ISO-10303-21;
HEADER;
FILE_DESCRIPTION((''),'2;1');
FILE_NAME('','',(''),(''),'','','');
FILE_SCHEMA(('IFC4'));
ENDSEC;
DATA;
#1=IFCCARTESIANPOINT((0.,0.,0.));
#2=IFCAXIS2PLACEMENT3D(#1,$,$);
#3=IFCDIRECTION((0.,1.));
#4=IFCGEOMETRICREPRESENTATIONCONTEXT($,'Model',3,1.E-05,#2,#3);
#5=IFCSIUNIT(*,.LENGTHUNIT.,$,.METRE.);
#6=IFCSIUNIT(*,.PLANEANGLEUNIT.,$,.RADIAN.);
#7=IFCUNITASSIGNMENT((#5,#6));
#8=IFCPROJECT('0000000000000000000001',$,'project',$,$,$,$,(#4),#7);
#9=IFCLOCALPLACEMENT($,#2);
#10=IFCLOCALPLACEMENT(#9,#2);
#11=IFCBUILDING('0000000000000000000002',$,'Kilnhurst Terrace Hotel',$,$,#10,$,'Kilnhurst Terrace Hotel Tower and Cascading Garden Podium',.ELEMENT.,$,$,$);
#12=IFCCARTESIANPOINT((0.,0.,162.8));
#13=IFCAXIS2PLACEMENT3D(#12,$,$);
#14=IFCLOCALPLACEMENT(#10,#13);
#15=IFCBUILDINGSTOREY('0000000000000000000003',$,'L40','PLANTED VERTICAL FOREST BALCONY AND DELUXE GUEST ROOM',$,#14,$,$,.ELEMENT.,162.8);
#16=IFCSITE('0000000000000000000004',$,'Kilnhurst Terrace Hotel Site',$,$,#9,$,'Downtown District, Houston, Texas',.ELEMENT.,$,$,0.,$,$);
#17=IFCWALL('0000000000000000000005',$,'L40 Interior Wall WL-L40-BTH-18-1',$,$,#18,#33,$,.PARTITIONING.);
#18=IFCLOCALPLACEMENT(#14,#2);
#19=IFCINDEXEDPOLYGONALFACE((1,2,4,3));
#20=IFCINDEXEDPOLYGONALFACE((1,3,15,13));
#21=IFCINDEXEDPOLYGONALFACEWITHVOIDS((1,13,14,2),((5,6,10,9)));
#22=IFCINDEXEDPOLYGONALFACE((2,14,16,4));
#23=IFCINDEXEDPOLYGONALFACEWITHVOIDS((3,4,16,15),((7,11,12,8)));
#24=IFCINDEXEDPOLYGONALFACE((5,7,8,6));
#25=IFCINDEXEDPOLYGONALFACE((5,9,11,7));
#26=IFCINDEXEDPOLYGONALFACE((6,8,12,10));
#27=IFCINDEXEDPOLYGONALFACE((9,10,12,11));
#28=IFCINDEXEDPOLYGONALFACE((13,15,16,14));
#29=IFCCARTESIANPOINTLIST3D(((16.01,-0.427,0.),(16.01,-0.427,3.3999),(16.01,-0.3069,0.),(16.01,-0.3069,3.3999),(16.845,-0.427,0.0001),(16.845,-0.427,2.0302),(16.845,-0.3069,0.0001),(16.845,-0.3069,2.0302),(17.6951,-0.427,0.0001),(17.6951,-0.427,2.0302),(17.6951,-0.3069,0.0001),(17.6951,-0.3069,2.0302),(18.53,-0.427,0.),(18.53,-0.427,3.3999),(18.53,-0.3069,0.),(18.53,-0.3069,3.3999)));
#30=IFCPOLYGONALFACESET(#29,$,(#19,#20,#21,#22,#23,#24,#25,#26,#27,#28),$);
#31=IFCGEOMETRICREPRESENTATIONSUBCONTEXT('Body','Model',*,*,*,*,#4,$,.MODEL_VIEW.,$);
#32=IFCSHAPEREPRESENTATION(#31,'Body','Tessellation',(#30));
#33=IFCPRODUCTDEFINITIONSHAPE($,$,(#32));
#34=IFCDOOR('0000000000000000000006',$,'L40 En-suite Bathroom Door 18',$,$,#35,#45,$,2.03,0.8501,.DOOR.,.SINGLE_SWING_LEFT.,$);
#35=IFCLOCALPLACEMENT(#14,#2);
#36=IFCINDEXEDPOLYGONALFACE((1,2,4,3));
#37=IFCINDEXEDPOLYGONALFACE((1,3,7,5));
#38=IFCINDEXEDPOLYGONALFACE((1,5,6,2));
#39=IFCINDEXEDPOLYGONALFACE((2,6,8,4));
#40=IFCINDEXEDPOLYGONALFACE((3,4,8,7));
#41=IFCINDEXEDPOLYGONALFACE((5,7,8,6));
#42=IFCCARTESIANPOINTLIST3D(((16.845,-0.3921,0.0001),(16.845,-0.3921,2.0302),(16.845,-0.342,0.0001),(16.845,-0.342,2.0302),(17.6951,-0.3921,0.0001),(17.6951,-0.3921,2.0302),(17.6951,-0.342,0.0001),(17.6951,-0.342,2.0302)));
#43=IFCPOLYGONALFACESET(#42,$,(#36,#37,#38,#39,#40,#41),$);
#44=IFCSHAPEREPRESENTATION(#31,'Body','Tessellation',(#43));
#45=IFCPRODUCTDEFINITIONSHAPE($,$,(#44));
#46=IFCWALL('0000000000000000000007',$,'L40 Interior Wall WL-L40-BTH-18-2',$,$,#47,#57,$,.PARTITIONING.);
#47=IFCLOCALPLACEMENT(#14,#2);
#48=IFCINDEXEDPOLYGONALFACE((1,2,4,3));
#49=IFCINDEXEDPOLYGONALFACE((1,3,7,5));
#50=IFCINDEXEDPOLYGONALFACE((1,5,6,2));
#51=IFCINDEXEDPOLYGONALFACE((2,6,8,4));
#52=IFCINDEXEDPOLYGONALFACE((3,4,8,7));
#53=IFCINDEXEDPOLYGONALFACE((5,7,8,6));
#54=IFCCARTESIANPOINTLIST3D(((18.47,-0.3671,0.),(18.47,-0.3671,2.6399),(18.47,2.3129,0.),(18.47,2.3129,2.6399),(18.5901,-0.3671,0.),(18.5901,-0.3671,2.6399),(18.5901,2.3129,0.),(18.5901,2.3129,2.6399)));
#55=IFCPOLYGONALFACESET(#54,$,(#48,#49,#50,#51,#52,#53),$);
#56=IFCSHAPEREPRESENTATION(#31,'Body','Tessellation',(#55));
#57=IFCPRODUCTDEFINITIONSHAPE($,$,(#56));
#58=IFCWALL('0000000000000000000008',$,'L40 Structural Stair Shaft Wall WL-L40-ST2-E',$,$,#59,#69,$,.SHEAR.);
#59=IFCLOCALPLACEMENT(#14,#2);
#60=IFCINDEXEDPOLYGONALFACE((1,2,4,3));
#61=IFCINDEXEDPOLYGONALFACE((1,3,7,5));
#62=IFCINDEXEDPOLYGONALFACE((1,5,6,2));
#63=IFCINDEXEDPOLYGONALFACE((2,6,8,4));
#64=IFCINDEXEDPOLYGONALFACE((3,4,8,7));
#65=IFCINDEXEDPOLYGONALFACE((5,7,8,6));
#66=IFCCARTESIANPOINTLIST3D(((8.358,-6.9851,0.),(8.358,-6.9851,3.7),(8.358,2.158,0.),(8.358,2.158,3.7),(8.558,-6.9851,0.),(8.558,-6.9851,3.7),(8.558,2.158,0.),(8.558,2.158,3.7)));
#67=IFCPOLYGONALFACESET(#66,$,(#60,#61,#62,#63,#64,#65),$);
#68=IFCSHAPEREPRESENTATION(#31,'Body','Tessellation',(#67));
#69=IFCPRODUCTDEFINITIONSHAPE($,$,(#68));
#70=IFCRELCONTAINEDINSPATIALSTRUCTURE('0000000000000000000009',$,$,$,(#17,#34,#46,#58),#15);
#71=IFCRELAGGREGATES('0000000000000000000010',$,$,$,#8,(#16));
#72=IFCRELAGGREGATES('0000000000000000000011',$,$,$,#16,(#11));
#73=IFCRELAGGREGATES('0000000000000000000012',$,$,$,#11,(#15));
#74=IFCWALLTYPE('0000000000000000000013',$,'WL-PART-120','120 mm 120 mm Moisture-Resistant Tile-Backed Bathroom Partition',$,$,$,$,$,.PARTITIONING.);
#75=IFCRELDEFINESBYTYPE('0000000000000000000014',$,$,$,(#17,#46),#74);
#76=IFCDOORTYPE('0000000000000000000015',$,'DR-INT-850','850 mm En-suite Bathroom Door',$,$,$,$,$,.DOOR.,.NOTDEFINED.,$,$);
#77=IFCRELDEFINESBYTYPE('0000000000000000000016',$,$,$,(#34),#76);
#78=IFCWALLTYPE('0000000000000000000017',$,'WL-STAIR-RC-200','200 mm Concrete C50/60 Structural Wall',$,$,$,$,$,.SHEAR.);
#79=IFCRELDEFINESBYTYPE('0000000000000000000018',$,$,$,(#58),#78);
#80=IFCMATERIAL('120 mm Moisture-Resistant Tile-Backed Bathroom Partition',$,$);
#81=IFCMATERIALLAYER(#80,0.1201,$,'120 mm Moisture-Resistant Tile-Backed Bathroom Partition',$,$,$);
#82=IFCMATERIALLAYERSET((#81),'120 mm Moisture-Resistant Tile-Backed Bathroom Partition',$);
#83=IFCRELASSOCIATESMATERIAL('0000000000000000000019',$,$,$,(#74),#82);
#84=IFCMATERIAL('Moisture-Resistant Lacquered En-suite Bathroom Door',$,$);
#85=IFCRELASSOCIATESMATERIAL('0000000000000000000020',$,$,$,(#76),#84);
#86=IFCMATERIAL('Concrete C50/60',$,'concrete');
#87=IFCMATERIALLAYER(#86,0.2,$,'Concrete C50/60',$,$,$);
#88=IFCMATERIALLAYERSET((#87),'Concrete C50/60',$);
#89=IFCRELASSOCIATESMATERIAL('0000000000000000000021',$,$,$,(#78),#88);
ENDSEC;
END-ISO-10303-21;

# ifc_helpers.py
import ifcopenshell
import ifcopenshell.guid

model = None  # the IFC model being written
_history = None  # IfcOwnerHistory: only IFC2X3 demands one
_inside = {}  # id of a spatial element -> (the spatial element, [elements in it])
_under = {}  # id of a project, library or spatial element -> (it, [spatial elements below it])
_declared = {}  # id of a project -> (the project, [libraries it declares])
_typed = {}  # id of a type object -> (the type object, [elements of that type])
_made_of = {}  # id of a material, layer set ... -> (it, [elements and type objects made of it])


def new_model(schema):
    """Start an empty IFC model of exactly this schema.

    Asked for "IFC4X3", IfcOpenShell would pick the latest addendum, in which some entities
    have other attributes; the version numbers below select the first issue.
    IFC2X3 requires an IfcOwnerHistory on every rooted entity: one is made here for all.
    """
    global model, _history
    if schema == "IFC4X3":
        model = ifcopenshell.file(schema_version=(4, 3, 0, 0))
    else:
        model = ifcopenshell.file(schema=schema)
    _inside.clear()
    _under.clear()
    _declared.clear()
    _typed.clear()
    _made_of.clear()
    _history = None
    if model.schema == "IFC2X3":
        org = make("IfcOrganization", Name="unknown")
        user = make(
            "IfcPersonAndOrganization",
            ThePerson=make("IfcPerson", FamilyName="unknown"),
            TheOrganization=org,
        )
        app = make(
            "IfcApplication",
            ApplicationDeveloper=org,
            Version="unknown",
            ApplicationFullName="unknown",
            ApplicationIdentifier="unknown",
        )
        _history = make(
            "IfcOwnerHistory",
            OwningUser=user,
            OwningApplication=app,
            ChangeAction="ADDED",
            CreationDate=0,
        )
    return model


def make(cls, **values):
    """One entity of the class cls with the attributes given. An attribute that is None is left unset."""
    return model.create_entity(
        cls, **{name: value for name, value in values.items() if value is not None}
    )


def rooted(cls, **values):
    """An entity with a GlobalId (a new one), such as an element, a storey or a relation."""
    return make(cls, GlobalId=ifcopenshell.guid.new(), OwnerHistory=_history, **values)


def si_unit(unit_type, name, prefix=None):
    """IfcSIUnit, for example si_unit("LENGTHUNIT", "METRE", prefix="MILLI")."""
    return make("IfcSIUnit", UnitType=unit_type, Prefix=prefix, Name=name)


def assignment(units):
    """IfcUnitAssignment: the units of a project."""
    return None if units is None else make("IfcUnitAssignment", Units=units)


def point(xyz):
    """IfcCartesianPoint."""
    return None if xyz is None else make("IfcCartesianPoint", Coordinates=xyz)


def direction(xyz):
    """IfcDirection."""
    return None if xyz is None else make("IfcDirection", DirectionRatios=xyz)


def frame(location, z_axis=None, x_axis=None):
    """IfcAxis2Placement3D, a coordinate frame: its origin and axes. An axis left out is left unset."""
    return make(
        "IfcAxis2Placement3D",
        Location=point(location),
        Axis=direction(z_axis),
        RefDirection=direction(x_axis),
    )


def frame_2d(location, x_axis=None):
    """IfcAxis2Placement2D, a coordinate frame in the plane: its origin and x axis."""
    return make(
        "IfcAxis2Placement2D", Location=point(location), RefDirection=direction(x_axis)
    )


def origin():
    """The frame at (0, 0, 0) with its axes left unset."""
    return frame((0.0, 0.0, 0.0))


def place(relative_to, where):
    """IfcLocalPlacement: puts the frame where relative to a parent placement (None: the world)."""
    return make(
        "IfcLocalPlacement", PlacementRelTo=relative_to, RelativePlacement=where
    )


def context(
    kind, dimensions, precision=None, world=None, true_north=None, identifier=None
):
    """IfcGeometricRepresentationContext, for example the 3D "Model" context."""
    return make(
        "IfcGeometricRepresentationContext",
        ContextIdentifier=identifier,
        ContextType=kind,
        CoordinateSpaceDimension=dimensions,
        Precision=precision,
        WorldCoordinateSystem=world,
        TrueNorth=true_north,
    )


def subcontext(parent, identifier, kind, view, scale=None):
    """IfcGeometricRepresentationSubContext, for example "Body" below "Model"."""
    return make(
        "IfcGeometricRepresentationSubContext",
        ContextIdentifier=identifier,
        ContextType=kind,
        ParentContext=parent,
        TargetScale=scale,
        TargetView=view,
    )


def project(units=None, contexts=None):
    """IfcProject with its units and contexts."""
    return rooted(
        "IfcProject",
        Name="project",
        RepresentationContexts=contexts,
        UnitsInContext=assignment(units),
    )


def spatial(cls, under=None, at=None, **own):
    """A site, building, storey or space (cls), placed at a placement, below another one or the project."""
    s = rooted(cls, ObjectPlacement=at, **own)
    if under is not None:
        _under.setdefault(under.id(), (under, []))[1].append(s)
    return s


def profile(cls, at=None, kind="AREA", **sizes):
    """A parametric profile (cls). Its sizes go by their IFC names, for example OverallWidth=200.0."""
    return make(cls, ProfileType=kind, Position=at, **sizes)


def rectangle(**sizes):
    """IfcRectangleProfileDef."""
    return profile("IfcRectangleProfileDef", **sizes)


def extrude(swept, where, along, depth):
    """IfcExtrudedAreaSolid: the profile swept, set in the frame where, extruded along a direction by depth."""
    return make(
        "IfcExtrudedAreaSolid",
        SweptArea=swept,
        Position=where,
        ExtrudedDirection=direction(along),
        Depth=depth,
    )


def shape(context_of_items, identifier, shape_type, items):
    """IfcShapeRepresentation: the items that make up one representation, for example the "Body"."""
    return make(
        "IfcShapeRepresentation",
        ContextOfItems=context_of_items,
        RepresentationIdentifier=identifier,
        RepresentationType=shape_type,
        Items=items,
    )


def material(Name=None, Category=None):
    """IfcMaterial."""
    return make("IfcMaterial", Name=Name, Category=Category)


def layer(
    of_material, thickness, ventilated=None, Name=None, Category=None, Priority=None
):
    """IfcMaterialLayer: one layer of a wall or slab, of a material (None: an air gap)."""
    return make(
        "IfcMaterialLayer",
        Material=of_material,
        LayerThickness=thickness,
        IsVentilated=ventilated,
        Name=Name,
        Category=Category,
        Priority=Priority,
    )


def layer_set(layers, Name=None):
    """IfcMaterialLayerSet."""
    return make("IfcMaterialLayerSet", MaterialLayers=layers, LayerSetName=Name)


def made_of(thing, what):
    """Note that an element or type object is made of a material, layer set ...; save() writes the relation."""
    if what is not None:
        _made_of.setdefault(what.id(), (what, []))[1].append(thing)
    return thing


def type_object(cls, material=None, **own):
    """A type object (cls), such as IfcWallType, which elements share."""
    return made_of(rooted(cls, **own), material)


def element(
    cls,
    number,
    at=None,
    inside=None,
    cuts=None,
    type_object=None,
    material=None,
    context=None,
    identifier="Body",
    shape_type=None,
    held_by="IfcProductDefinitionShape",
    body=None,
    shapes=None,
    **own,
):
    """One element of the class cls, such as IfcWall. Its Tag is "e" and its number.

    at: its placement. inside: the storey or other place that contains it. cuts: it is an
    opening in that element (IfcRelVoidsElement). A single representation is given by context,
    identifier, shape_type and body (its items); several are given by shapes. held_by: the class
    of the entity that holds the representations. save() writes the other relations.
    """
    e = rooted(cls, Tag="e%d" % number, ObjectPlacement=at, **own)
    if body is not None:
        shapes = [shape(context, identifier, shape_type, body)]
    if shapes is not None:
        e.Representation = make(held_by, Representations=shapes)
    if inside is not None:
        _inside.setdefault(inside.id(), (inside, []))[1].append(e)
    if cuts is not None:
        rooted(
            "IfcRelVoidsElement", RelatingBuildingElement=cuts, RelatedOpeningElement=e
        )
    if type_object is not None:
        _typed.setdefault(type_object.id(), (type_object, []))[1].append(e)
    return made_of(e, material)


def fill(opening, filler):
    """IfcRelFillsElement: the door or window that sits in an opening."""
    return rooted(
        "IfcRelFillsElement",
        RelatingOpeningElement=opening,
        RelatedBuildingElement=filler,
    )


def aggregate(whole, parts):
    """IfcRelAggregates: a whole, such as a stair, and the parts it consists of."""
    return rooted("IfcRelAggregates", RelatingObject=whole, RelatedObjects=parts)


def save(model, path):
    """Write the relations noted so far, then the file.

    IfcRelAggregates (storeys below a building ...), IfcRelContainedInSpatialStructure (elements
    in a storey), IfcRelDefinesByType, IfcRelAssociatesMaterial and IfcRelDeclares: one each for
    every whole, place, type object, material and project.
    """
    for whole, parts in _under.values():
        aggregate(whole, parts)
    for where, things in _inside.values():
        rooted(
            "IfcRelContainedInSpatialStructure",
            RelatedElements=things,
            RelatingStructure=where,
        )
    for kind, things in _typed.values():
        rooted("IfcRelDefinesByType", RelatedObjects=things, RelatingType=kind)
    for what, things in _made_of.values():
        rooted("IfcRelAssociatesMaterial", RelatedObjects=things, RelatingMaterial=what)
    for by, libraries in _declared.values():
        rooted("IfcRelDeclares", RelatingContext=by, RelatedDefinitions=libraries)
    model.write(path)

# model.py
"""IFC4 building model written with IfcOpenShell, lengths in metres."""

from ifc_helpers import new_model, si_unit, direction, frame, frame_2d, origin, place, context, subcontext, project, spatial, rectangle, extrude, material, layer, layer_set, type_object, element, fill, save


model = new_model("IFC4")

# Units and contexts
model_context = context("Model", 3, precision=1e-05, world=origin(), true_north=direction((0.0, 1.0)))
body_context = subcontext(model_context, "Body", "Model", "MODEL_VIEW")
ifc_project = project(units=[si_unit("LENGTHUNIT", "METRE"), si_unit("PLANEANGLEUNIT", "RADIAN")], contexts=[model_context])

# Site, building, storey
site_placement = place(None, origin())
site = spatial("IfcSite", under=ifc_project, at=site_placement, Name="Kilnhurst Terrace Hotel Site", LongName="Downtown District, Houston, Texas", CompositionType="ELEMENT", RefElevation=0.0)
building_placement = place(site_placement, origin())
building = spatial("IfcBuilding", under=site, at=building_placement, Name="Kilnhurst Terrace Hotel", LongName="Kilnhurst Terrace Hotel Tower and Cascading Garden Podium", CompositionType="ELEMENT")
storey_placement = place(building_placement, frame((0.0, 0.0, 162.8)))
storey = spatial("IfcBuildingStorey", under=building, at=storey_placement, Name="L40", Description="PLANTED VERTICAL FOREST BALCONY AND DELUXE GUEST ROOM", CompositionType="ELEMENT", Elevation=162.8)

# Shared definitions
ifc_material_1 = material(Name="Concrete C50/60", Category="concrete")

# Wall, opening, door
ifc_material_2 = material(Name="120 mm Moisture-Resistant Tile-Backed Bathroom Partition")
ifc_layer_1 = layer(ifc_material_2, 0.1201, Name="120 mm Moisture-Resistant Tile-Backed Bathroom Partition")
ifc_layer_set_1 = layer_set([ifc_layer_1], Name="120 mm Moisture-Resistant Tile-Backed Bathroom Partition")
wall_type_1 = type_object("IfcWallType", Name="WL-PART-120", Description="120 mm 120 mm Moisture-Resistant Tile-Backed Bathroom Partition", PredefinedType="PARTITIONING", material=ifc_layer_set_1)
wall_1_placement = place(storey_placement, frame((16.01, -0.3669, 0.0), z_axis=(0.0, 0.0, 1.0), x_axis=(1.0, 0.0, 0.0)))
wall_1 = element("IfcWall", 1, at=wall_1_placement, inside=storey, type_object=wall_type_1, Name="L40 Interior Wall WL-L40-BTH-18-1", PredefinedType="PARTITIONING", context=body_context, shape_type="SweptSolid", body=[
    extrude(rectangle(XDim=2.52, YDim=0.1201, at=frame_2d((1.26, 0.0))), origin(), (0.0, 0.0, 1.0), 3.3999),
])
opening_1_placement = place(wall_1_placement, frame((0.835, 0.0, 0.0)))
opening_1 = element("IfcOpeningElement", 2, at=opening_1_placement, cuts=wall_1, PredefinedType="OPENING", context=body_context, shape_type="SweptSolid", body=[
    extrude(rectangle(XDim=0.8501, YDim=2.03, at=frame_2d((0.425, 1.0151))), frame((0.0, 0.0701, 0.0), z_axis=(0.0, -1.0, 0.0), x_axis=(1.0, 0.0, 0.0)), (0.0, 0.0, 1.0), 0.1401),
])
ifc_material_3 = material(Name="Moisture-Resistant Lacquered En-suite Bathroom Door")
door_type_1 = type_object("IfcDoorType", Name="DR-INT-850", Description="850 mm En-suite Bathroom Door", OperationType="NOTDEFINED", PredefinedType="DOOR", material=ifc_material_3)
door_1_placement = place(opening_1_placement, origin())
door_1 = element("IfcDoor", 3, at=door_1_placement, inside=storey, type_object=door_type_1, Name="L40 En-suite Bathroom Door 18", OperationType="SINGLE_SWING_LEFT", OverallHeight=2.03, OverallWidth=0.8501, PredefinedType="DOOR", context=body_context, shape_type="SweptSolid", body=[
    extrude(rectangle(XDim=0.8501, YDim=2.03, at=frame_2d((0.425, 1.0151))), frame((0.0, 0.0249, 0.0), z_axis=(0.0, -1.0, 0.0), x_axis=(1.0, 0.0, 0.0)), (0.0, 0.0, 1.0), 0.05),
])
fill(opening_1, door_1)

# Walls
wall_2_placement = place(storey_placement, frame((18.53, -0.3669, 0.0), z_axis=(0.0, 0.0, 1.0), x_axis=(0.0, 1.0, 0.0)))
element("IfcWall", 4, at=wall_2_placement, inside=storey, type_object=wall_type_1, Name="L40 Interior Wall WL-L40-BTH-18-2", PredefinedType="PARTITIONING", context=body_context, shape_type="SweptSolid", body=[
    extrude(rectangle(XDim=2.6799, YDim=0.1201, at=frame_2d((1.3398, 0.0))), origin(), (0.0, 0.0, 1.0), 2.6399),
])
ifc_layer_2 = layer(ifc_material_1, 0.2, Name="Concrete C50/60")
ifc_layer_set_2 = layer_set([ifc_layer_2], Name="Concrete C50/60")
wall_type_2 = type_object("IfcWallType", Name="WL-STAIR-RC-200", Description="200 mm Concrete C50/60 Structural Wall", PredefinedType="SHEAR", material=ifc_layer_set_2)
wall_3_placement = place(storey_placement, frame((8.458, -6.9851, 0.0), z_axis=(0.0, 0.0, 1.0), x_axis=(0.0, 1.0, 0.0)))
element("IfcWall", 5, at=wall_3_placement, inside=storey, type_object=wall_type_2, Name="L40 Structural Stair Shaft Wall WL-L40-ST2-E", PredefinedType="SHEAR", context=body_context, shape_type="SweptSolid", body=[
    extrude(rectangle(XDim=9.1431, YDim=0.2, at=frame_2d((4.5715, 0.0))), origin(), (0.0, 0.0, 1.0), 3.7),
])

save(model, "model.ifc")
